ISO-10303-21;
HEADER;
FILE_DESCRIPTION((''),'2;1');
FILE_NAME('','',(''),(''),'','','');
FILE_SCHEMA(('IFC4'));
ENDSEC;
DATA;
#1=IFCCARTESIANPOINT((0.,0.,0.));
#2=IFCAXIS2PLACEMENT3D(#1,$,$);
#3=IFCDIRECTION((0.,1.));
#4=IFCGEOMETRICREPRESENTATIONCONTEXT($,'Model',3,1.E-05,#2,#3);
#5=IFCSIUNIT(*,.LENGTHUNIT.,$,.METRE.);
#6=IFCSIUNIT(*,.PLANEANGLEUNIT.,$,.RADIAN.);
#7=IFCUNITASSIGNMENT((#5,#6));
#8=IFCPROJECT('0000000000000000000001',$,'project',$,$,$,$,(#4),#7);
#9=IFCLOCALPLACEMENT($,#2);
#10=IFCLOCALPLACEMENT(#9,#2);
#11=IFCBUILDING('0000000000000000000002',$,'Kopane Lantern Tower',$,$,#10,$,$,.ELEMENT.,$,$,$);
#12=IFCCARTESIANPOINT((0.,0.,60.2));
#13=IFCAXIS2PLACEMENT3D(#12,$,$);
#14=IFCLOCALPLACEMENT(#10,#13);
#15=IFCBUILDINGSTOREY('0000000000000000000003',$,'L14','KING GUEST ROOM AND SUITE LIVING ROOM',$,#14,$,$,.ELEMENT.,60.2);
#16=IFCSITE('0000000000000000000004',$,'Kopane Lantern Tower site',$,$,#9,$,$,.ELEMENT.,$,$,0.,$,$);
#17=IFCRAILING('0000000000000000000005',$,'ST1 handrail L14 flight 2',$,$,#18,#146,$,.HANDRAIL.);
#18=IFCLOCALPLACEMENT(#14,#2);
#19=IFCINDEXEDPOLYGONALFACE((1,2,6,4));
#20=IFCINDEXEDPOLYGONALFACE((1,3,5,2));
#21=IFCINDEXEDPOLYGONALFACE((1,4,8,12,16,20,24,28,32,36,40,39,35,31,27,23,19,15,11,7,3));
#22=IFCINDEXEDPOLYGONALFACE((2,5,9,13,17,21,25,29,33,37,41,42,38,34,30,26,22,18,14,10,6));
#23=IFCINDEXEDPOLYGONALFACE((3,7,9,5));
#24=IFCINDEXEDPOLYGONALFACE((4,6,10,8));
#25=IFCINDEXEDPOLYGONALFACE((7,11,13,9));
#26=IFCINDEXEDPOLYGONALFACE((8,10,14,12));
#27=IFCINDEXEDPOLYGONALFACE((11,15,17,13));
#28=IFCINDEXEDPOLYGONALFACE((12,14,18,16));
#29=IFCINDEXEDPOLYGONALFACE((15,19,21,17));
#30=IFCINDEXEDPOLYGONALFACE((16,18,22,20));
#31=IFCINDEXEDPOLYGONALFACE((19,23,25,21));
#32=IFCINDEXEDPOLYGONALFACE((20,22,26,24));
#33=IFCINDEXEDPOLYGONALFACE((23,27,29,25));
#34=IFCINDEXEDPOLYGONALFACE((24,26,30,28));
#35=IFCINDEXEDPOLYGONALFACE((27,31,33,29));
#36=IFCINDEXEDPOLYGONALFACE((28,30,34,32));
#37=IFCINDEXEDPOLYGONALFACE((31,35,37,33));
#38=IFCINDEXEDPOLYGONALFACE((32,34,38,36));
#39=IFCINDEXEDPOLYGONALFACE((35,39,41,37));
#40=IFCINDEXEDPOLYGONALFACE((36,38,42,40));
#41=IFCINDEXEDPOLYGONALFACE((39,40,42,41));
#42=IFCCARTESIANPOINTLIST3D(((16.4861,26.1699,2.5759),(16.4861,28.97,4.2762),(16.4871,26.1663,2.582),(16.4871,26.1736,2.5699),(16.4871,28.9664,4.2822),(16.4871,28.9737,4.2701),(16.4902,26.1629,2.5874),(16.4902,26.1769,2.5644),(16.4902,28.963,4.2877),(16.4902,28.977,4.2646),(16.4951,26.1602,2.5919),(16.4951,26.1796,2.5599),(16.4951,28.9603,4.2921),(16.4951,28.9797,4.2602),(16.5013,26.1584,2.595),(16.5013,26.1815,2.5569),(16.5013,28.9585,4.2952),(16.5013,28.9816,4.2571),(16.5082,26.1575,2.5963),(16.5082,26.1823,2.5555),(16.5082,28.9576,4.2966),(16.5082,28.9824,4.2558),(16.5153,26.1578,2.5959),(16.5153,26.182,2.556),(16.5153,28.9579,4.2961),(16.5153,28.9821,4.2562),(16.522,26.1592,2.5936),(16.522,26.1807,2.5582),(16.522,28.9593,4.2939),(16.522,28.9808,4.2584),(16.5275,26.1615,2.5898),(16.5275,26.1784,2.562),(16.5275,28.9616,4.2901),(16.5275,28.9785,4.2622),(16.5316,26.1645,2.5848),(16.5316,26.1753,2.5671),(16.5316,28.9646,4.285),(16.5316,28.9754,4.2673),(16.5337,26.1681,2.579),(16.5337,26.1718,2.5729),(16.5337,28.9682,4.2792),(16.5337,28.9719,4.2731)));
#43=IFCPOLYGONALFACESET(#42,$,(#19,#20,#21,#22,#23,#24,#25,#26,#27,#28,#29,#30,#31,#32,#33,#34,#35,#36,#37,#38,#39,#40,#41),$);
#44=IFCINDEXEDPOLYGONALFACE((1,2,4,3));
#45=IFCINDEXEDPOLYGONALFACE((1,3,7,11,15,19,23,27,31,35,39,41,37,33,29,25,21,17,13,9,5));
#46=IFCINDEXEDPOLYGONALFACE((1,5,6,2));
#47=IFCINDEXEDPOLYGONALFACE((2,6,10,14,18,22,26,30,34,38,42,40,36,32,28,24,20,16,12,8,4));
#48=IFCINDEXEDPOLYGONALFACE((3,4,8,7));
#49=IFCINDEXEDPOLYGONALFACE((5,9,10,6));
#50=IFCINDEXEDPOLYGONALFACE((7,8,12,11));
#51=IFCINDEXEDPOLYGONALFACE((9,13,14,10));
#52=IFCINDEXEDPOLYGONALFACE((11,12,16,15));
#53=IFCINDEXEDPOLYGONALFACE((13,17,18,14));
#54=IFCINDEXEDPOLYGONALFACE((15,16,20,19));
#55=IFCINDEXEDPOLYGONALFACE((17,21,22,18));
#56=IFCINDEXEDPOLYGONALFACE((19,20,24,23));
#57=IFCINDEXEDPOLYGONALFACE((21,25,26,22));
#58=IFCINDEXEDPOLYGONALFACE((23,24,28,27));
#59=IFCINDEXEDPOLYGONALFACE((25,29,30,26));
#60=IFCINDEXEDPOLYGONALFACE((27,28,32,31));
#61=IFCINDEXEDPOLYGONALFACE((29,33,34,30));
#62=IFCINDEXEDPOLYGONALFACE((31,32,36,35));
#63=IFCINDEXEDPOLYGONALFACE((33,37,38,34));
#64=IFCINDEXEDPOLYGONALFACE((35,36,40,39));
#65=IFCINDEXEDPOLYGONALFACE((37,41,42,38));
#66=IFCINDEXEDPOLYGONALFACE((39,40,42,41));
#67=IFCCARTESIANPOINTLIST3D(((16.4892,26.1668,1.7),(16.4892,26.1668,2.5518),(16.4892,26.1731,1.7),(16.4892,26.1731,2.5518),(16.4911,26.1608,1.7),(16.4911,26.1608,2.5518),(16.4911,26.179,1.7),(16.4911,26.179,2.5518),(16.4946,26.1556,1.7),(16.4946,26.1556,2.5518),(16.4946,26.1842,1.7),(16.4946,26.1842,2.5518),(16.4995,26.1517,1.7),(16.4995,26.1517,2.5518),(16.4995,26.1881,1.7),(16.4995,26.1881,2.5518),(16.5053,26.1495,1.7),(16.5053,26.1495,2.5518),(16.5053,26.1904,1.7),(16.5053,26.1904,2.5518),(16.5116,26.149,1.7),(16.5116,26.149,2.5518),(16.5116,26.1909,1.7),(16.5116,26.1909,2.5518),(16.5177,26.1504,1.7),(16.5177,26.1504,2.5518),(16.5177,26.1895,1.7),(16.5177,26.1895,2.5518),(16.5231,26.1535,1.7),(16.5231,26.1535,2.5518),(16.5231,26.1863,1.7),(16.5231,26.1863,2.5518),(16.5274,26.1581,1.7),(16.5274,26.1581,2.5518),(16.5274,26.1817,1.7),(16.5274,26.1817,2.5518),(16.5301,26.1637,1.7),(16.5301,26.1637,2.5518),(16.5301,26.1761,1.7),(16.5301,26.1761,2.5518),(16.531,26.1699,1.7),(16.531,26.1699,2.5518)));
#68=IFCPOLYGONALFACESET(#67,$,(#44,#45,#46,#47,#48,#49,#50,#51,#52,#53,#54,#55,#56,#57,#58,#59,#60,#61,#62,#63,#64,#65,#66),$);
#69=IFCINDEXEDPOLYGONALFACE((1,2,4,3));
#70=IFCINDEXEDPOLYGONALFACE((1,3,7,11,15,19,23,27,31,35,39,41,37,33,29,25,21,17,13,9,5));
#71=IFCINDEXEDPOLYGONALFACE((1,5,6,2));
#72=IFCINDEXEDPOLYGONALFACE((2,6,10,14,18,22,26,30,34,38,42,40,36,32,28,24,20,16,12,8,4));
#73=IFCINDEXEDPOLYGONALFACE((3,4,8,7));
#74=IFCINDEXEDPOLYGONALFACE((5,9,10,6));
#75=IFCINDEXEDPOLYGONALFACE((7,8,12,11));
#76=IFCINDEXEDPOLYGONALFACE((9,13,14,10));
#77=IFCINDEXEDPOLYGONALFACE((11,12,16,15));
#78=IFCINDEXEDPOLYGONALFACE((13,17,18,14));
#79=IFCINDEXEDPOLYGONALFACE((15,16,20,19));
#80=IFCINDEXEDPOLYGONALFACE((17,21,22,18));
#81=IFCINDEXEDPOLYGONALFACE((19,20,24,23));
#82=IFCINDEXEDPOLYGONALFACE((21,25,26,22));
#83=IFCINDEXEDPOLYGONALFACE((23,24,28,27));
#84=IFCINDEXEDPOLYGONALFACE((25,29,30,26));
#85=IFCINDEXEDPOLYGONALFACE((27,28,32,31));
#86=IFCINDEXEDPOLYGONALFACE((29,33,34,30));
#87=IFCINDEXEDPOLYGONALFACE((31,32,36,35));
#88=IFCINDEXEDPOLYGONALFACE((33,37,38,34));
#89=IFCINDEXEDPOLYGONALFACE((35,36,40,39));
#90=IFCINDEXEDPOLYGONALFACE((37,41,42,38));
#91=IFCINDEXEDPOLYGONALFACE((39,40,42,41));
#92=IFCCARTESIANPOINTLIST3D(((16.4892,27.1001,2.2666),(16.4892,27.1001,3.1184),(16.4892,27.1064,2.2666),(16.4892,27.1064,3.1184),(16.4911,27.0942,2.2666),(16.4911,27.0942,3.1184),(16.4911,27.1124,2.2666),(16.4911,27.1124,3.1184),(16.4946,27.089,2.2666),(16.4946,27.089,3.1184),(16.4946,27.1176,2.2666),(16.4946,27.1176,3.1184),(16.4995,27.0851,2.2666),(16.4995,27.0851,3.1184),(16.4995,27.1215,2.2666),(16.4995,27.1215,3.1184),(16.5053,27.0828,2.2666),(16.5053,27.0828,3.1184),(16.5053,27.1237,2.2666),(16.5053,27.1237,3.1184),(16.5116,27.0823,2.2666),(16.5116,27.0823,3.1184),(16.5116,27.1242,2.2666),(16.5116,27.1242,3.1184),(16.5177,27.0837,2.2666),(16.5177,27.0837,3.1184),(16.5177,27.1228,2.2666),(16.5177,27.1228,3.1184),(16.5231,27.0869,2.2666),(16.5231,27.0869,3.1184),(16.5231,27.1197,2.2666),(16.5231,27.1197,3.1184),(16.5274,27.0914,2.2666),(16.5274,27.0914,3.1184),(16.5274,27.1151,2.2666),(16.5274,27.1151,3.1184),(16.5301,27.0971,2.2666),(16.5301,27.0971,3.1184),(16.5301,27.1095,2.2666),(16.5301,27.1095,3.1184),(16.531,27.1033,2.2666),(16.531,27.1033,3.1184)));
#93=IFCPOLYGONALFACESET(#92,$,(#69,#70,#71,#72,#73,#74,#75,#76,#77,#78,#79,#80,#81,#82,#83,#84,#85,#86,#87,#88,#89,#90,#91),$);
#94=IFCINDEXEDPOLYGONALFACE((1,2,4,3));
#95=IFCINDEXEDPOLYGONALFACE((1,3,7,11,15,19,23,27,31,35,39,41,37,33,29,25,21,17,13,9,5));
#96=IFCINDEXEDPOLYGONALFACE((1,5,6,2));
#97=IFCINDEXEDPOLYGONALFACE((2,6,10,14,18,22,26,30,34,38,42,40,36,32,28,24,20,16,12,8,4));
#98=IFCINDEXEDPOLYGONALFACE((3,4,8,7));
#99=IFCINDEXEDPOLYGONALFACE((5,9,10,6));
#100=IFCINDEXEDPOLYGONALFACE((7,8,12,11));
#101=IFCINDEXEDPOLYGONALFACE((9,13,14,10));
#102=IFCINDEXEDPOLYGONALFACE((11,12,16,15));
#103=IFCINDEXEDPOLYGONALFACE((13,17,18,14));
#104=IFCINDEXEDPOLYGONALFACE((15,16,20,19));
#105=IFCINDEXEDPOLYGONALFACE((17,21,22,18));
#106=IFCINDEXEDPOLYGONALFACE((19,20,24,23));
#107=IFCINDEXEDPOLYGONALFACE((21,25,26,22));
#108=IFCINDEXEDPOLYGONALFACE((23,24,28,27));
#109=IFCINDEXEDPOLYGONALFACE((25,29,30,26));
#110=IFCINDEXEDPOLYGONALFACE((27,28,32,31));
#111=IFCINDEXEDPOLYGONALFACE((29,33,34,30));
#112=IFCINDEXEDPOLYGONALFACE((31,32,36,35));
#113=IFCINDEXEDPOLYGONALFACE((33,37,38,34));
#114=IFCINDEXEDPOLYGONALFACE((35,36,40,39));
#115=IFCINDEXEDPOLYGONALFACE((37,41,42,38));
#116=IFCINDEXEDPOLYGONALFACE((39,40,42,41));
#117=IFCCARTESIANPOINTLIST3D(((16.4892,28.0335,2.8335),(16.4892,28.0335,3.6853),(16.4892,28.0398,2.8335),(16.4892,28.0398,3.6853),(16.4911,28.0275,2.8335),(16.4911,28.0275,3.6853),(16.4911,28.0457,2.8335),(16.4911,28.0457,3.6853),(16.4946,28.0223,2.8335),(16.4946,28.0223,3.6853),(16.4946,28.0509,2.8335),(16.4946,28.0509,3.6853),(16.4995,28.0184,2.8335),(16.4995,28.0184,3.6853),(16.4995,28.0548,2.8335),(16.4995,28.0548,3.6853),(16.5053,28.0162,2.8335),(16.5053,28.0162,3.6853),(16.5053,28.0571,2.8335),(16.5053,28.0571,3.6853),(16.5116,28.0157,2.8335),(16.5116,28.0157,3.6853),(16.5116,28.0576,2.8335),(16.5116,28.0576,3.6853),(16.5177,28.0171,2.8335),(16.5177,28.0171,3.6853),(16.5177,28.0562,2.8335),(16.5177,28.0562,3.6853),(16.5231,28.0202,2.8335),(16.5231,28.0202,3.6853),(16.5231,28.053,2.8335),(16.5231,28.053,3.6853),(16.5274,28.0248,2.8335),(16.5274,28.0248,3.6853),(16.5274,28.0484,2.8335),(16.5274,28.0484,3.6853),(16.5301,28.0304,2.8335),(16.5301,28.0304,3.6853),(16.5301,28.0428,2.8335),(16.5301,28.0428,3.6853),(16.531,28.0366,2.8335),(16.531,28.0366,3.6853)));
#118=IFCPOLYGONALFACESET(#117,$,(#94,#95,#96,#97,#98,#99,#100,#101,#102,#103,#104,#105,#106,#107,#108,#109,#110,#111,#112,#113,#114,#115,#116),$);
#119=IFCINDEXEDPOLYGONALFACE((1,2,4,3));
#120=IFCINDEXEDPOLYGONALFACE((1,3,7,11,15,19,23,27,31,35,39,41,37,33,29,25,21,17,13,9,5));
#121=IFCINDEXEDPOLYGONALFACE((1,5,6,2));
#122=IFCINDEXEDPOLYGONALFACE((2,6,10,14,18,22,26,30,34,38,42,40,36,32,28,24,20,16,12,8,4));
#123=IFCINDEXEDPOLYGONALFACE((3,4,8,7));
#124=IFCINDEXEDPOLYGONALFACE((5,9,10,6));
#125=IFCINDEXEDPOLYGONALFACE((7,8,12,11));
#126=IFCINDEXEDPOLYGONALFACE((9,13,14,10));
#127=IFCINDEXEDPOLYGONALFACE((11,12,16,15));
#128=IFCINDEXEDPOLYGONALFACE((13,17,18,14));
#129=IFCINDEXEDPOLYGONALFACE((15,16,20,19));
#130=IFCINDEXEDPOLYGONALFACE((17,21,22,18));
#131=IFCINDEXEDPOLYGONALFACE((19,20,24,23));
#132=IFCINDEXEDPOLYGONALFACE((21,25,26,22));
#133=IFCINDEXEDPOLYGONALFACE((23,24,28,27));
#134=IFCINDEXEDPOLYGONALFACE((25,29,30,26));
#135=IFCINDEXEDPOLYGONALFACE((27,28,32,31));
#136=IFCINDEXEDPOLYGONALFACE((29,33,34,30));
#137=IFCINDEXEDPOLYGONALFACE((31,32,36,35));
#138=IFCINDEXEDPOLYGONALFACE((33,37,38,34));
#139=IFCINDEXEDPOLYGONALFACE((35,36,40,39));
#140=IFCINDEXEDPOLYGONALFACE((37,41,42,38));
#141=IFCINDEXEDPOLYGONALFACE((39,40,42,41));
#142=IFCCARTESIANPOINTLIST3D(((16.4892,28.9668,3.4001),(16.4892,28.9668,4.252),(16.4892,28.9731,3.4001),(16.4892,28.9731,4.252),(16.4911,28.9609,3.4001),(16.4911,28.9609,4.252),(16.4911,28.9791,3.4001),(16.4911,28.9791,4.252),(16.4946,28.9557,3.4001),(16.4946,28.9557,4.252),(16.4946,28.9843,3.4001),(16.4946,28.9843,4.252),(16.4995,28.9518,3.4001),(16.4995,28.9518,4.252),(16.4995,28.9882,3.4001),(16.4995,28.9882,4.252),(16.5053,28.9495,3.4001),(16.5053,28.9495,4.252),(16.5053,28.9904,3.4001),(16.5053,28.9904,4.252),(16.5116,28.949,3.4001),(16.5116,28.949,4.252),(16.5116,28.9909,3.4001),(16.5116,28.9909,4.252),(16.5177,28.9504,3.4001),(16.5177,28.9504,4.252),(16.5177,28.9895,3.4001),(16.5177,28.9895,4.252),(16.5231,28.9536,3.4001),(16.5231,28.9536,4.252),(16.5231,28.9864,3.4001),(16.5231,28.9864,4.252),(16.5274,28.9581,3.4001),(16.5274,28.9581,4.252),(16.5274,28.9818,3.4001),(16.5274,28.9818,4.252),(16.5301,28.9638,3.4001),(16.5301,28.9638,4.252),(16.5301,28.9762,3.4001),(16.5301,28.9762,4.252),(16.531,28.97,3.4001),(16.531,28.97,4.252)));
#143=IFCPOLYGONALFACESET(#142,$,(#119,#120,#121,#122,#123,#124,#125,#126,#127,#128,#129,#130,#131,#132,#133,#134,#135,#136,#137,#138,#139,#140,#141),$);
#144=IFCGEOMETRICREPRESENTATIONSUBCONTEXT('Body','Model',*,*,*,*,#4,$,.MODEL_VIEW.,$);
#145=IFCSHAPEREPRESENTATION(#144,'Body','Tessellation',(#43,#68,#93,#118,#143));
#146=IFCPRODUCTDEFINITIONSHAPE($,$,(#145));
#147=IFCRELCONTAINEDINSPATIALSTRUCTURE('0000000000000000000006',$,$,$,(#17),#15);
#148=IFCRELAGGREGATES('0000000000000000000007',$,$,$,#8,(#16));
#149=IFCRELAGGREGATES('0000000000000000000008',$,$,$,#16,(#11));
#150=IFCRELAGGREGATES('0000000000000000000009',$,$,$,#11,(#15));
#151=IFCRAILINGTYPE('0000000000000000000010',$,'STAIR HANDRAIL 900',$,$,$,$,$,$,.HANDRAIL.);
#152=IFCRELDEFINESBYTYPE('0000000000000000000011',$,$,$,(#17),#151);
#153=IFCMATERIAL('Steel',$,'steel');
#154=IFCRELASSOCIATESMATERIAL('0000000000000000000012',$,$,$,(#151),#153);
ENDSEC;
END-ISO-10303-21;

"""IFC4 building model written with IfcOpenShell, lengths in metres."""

from ifc_helpers import new_model, si_unit, direction, frame, origin, origin_2d, place, context, subcontext, project, spatial, circle, extrude, material, type_object, element, save


model = new_model("IFC4")

# Units and contexts
model_context = context("Model", 3, precision=1e-05, world=origin(), true_north=direction((0.0, 1.0)))
body_context = subcontext(model_context, "Body", "Model", "MODEL_VIEW")
ifc_project = project(units=[si_unit("LENGTHUNIT", "METRE"), si_unit("PLANEANGLEUNIT", "RADIAN")], contexts=[model_context])

# Site, building, storey
site_placement = place(None, origin())
site = spatial("IfcSite", under=ifc_project, at=site_placement, Name="Kopane Lantern Tower site", CompositionType="ELEMENT", RefElevation=0.0)
building_placement = place(site_placement, origin())
building = spatial("IfcBuilding", under=site, at=building_placement, Name="Kopane Lantern Tower", CompositionType="ELEMENT")
storey_placement = place(building_placement, frame((0.0, 0.0, 60.2)))
storey = spatial("IfcBuildingStorey", under=building, at=storey_placement, Name="L14", Description="KING GUEST ROOM AND SUITE LIVING ROOM", CompositionType="ELEMENT", Elevation=60.2)

# Railing
ifc_material_1 = material(Name="Steel", Category="steel")
railing_type_1 = type_object("IfcRailingType", Name="STAIR HANDRAIL 900", PredefinedType="HANDRAIL", material=ifc_material_1)
for number, where, name in (
    (1, (16.51, 26.1699, 1.7), "ST1 handrail L14 flight 2"),
):
    element("IfcRailing", number, at=place(storey_placement, frame(where)), inside=storey, type_object=railing_type_1, Name=name, PredefinedType="HANDRAIL", context=body_context, shape_type="SweptSolid", body=[
        extrude(circle(Radius=0.0239, at=origin_2d()), frame((0.0, 0.0, 0.876), z_axis=(0.0, 0.854765, 0.519015), x_axis=(-1.0, 0.0, 0.0)), (0.0, 0.0, 1.0), 3.2759),
        extrude(circle(Radius=0.021, at=origin_2d()), origin(), (0.0, 0.0, 1.0), 0.8518),
        extrude(circle(Radius=0.021, at=origin_2d()), frame((0.0, 0.9333, 0.5667)), (0.0, 0.0, 1.0), 0.8518),
        extrude(circle(Radius=0.021, at=origin_2d()), frame((0.0, 1.8667, 1.1335)), (0.0, 0.0, 1.0), 0.8518),
        extrude(circle(Radius=0.021, at=origin_2d()), frame((0.0, 2.8, 1.7002)), (0.0, 0.0, 1.0), 0.8518),
    ])

save(model, "model.ifc")
